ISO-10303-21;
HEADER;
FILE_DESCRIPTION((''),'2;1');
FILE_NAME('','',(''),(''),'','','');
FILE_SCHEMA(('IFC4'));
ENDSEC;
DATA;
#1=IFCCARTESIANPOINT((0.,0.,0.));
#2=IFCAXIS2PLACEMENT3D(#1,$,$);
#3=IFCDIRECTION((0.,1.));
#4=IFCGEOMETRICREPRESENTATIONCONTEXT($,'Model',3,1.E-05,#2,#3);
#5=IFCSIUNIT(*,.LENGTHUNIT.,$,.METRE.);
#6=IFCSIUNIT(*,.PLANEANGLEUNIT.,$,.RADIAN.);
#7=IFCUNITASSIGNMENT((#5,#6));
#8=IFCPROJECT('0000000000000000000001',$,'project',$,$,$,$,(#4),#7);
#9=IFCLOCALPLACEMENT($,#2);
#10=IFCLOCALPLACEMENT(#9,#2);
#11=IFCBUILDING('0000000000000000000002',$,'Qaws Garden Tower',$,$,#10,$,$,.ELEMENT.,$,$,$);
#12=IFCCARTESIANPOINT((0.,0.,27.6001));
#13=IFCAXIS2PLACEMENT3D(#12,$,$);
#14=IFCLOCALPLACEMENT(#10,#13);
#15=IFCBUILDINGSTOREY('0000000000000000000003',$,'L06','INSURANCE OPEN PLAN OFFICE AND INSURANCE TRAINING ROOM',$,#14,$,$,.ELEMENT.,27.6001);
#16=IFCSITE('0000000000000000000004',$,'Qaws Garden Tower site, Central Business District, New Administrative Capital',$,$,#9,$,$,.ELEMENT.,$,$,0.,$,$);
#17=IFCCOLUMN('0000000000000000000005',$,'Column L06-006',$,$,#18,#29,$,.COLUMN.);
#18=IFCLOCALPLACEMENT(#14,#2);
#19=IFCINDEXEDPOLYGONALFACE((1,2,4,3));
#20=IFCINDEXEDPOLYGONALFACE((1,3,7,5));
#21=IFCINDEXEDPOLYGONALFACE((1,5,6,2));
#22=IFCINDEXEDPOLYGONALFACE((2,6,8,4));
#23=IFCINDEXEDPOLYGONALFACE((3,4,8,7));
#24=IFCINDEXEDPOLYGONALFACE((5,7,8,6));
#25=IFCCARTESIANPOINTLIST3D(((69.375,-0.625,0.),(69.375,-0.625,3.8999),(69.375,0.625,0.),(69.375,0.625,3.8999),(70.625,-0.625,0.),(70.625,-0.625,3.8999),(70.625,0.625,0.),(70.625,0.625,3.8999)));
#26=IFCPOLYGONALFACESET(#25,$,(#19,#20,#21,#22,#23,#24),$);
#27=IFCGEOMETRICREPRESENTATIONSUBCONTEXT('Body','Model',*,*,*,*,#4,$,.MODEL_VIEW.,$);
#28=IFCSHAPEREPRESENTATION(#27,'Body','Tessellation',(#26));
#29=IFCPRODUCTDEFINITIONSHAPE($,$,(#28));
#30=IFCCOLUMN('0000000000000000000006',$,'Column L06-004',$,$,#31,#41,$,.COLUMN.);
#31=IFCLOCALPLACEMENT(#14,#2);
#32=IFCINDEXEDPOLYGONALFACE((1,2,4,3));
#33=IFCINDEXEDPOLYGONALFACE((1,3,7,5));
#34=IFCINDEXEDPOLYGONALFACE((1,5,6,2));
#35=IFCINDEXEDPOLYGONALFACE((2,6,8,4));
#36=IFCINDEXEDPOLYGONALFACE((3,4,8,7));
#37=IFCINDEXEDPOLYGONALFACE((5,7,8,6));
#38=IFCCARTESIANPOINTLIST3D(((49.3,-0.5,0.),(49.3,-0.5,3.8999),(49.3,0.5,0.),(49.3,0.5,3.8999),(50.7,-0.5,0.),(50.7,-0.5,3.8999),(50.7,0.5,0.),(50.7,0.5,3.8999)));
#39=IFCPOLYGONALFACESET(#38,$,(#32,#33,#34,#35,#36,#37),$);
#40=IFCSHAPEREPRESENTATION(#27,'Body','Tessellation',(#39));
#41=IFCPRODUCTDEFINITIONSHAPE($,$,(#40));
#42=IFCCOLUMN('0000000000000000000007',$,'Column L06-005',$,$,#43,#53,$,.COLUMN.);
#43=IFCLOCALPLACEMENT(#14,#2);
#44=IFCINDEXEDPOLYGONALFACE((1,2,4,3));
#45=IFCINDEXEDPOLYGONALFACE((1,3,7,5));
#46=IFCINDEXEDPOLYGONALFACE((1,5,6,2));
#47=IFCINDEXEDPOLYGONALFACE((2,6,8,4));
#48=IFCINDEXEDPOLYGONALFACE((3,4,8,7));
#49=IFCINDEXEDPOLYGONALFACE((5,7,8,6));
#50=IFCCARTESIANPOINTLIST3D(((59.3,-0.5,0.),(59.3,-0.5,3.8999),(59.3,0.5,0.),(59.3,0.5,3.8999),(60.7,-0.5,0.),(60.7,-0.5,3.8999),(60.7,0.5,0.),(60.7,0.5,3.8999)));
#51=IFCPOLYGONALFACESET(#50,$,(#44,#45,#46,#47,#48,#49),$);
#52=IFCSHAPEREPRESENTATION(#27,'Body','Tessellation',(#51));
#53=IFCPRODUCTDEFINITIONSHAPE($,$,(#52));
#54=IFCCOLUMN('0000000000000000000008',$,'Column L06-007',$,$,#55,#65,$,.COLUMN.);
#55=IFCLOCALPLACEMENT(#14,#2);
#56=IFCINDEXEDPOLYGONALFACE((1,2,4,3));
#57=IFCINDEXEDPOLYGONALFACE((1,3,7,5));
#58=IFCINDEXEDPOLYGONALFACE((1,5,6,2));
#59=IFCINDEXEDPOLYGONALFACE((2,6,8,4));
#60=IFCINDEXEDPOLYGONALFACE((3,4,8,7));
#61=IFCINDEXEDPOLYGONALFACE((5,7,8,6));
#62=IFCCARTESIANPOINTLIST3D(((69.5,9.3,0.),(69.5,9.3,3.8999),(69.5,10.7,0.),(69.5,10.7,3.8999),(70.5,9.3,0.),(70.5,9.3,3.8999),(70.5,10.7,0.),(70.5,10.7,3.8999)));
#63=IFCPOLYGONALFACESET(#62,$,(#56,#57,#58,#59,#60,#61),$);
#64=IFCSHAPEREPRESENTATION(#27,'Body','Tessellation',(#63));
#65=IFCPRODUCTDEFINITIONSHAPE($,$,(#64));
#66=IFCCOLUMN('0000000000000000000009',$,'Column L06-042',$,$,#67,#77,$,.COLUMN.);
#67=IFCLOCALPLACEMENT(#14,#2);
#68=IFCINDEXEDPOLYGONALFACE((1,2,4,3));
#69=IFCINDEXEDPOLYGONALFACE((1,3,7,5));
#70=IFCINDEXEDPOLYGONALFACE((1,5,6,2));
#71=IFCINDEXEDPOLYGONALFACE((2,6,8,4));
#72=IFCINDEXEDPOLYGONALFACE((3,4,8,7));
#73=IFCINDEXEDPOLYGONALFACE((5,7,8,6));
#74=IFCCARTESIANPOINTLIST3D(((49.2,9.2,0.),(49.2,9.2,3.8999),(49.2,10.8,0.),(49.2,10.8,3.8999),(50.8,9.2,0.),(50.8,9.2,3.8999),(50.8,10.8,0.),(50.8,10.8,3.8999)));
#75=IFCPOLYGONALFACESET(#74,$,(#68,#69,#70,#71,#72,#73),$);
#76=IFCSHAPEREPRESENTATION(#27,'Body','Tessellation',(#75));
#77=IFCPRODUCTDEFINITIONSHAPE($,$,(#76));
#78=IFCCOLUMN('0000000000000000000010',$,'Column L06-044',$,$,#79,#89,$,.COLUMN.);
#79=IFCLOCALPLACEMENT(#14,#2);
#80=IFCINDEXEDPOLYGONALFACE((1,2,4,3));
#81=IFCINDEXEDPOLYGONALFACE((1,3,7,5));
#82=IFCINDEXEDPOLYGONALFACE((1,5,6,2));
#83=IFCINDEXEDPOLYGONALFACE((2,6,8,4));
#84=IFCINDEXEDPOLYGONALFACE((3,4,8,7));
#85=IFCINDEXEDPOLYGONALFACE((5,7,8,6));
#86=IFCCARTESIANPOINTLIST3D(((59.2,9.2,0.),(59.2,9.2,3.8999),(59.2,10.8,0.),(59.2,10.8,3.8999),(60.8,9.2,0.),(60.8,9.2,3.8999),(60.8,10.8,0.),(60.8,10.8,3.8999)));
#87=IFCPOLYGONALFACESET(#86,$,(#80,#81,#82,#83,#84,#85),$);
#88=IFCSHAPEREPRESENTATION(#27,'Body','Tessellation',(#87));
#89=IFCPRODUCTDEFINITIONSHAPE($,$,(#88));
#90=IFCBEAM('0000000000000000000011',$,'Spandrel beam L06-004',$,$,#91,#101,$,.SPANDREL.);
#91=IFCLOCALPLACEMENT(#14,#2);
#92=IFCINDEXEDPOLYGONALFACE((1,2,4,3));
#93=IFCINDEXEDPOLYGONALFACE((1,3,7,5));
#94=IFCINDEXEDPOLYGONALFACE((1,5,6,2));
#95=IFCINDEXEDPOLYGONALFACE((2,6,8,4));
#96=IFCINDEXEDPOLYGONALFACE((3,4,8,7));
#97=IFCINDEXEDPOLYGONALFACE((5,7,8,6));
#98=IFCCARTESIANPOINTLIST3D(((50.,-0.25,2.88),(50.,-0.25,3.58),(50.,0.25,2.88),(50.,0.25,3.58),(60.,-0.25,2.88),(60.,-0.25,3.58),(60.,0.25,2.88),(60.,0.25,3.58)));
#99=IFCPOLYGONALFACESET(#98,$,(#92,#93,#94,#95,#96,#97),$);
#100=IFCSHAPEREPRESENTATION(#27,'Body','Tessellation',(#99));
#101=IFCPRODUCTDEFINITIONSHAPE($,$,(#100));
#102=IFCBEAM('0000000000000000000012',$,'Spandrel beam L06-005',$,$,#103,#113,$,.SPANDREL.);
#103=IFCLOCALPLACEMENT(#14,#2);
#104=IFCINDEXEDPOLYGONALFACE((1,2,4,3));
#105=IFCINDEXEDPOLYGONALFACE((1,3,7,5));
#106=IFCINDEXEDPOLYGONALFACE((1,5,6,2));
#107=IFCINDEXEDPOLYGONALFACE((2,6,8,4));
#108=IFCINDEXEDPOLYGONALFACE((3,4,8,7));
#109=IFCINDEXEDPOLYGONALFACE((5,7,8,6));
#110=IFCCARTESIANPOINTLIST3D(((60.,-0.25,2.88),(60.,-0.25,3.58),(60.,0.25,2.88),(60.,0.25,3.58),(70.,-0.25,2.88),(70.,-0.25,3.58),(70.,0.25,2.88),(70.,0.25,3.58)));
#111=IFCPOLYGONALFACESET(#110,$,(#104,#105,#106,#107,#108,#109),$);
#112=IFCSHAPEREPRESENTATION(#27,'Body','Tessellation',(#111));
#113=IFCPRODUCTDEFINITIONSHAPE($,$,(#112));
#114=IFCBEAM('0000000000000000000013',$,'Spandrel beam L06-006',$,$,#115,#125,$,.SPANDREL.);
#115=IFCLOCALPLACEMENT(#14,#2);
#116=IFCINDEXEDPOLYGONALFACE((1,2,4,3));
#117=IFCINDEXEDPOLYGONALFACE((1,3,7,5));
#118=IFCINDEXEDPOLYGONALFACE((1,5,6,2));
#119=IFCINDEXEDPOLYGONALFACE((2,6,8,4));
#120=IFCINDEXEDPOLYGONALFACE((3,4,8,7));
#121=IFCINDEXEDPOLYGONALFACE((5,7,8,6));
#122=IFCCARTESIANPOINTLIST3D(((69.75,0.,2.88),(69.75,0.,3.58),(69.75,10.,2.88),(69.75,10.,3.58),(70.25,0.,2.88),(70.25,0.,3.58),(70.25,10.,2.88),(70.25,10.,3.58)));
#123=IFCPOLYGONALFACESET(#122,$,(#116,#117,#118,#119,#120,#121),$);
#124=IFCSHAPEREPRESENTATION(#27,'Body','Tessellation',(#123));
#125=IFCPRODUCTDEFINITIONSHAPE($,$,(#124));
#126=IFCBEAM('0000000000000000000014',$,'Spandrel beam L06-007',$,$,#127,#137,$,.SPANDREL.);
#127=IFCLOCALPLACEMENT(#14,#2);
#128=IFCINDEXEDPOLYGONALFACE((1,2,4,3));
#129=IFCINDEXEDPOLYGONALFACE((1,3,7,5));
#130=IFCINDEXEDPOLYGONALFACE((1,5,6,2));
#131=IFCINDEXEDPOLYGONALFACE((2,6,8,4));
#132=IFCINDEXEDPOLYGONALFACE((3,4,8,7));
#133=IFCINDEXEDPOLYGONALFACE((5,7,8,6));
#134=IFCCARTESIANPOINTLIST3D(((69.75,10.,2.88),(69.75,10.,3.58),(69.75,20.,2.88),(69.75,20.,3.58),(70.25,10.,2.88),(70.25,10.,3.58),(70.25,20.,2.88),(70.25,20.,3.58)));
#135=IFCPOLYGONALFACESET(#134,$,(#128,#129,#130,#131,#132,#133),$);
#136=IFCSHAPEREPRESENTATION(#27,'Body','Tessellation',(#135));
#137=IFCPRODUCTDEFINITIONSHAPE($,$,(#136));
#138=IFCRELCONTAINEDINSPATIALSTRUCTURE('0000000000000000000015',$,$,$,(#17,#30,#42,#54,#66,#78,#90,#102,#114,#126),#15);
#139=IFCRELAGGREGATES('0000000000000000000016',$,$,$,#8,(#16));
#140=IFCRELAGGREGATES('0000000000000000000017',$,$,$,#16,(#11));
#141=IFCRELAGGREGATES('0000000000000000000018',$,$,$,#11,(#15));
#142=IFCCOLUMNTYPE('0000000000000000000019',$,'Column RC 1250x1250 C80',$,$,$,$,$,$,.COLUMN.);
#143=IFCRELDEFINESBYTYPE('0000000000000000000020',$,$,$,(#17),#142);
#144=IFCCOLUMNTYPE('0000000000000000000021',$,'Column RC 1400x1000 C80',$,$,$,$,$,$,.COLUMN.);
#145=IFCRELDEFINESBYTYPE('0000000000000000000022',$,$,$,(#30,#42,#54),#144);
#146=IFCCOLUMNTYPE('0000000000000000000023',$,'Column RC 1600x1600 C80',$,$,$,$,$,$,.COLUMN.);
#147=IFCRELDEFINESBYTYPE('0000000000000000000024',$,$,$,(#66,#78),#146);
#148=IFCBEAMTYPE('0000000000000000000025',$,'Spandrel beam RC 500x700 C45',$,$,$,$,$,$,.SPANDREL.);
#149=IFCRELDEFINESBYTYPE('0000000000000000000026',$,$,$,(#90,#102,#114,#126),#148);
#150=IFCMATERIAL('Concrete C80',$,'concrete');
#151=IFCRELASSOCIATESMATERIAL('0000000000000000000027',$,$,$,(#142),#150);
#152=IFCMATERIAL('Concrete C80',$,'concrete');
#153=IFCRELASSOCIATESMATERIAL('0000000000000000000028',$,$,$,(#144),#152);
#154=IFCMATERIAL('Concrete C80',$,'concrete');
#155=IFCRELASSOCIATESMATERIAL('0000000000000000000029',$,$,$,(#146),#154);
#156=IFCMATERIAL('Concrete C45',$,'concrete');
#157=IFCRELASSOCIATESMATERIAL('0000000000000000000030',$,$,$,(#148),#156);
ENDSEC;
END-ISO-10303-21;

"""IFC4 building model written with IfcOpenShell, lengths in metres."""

from ifc_helpers import new_model, si_unit, direction, frame, origin, origin_2d, place, context, subcontext, project, spatial, rectangle, extrude, material, material_profile, profile_set, type_object, element, save


model = new_model("IFC4")

# Units and contexts
model_context = context("Model", 3, precision=1e-05, world=origin(), true_north=direction((0.0, 1.0)))
body_context = subcontext(model_context, "Body", "Model", "MODEL_VIEW")
ifc_project = project(units=[si_unit("LENGTHUNIT", "METRE"), si_unit("PLANEANGLEUNIT", "RADIAN")], contexts=[model_context])

# Site, building, storey
site_placement = place(None, origin())
site = spatial("IfcSite", under=ifc_project, at=site_placement, Name="Qaws Garden Tower site, Central Business District, New Administrative Capital", CompositionType="ELEMENT", RefElevation=0.0)
building_placement = place(site_placement, origin())
building = spatial("IfcBuilding", under=site, at=building_placement, Name="Qaws Garden Tower", CompositionType="ELEMENT")
storey_placement = place(building_placement, frame((0.0, 0.0, 27.6001)))
storey = spatial("IfcBuildingStorey", under=building, at=storey_placement, Name="L06", Description="INSURANCE OPEN PLAN OFFICE AND INSURANCE TRAINING ROOM", CompositionType="ELEMENT", Elevation=27.6001)

# Columns
ifc_material_1 = material(Name="Concrete C80", Category="concrete")
ifc_material_profile_1 = material_profile(ifc_material_1, rectangle(XDim=1.25, YDim=1.25, at=origin_2d()), Name="RC 1250x1250")
ifc_profile_set_1 = profile_set([ifc_material_profile_1], Name="Concrete C80")
column_type_1 = type_object("IfcColumnType", Name="Column RC 1250x1250 C80", PredefinedType="COLUMN", material=ifc_profile_set_1)
column_placement = place(storey_placement, frame((70.0, 0.0, 0.0), z_axis=(0.0, 0.0, 1.0), x_axis=(1.0, 0.0, 0.0)))
element("IfcColumn", 1, at=column_placement, inside=storey, type_object=column_type_1, Name="Column L06-006", PredefinedType="COLUMN", context=body_context, shape_type="SweptSolid", body=[
    extrude(rectangle(XDim=1.25, YDim=1.25, at=origin_2d()), origin(), (0.0, 0.0, 1.0), 3.8999),
])
ifc_material_2 = material(Name="Concrete C80", Category="concrete")
ifc_material_profile_2 = material_profile(ifc_material_2, rectangle(XDim=1.3999, YDim=1.0, at=origin_2d()), Name="RC 1400x1000")
ifc_profile_set_2 = profile_set([ifc_material_profile_2], Name="Concrete C80")
column_type_2 = type_object("IfcColumnType", Name="Column RC 1400x1000 C80", PredefinedType="COLUMN", material=ifc_profile_set_2)
for number, where, z_axis, x_axis, name in (
    (2, (50.0, 0.0, 0.0), (0.0, 0.0, 1.0), (1.0, 0.0, 0.0), "Column L06-004"),
    (3, (60.0, 0.0, 0.0), (0.0, 0.0, 1.0), (1.0, 0.0, 0.0), "Column L06-005"),
    (4, (70.0, 10.0, 0.0), (0.0, 0.0, 1.0), (0.0, 1.0, 0.0), "Column L06-007"),
):
    element("IfcColumn", number, at=place(storey_placement, frame(where, z_axis=z_axis, x_axis=x_axis)), inside=storey, type_object=column_type_2, Name=name, PredefinedType="COLUMN", context=body_context, shape_type="SweptSolid", body=[
        extrude(rectangle(XDim=1.3999, YDim=1.0, at=origin_2d()), origin(), (0.0, 0.0, 1.0), 3.8999),
    ])
ifc_material_3 = material(Name="Concrete C80", Category="concrete")
ifc_material_profile_3 = material_profile(ifc_material_3, rectangle(XDim=1.6001, YDim=1.6001, at=origin_2d()), Name="RC 1600x1600")
ifc_profile_set_3 = profile_set([ifc_material_profile_3], Name="Concrete C80")
column_type_3 = type_object("IfcColumnType", Name="Column RC 1600x1600 C80", PredefinedType="COLUMN", material=ifc_profile_set_3)
for number, where, z_axis, x_axis, name in (
    (5, (50.0, 10.0, 0.0), (0.0, 0.0, 1.0), (1.0, 0.0, 0.0), "Column L06-042"),
    (6, (60.0, 10.0, 0.0), (0.0, 0.0, 1.0), (1.0, 0.0, 0.0), "Column L06-044"),
):
    element("IfcColumn", number, at=place(storey_placement, frame(where, z_axis=z_axis, x_axis=x_axis)), inside=storey, type_object=column_type_3, Name=name, PredefinedType="COLUMN", context=body_context, shape_type="SweptSolid", body=[
        extrude(rectangle(XDim=1.6001, YDim=1.6001, at=origin_2d()), origin(), (0.0, 0.0, 1.0), 3.8999),
    ])

# Beams
ifc_material_4 = material(Name="Concrete C45", Category="concrete")
ifc_material_profile_4 = material_profile(ifc_material_4, rectangle(XDim=0.5, YDim=0.7, at=origin_2d()), Name="RC 500x700")
ifc_profile_set_4 = profile_set([ifc_material_profile_4], Name="Concrete C45")
beam_type = type_object("IfcBeamType", Name="Spandrel beam RC 500x700 C45", PredefinedType="SPANDREL", material=ifc_profile_set_4)
for number, where, z_axis, x_axis, name in (
    (7, (50.0, 0.0, 3.23), (1.0, 0.0, 0.0), (0.0, 1.0, 0.0), "Spandrel beam L06-004"),
    (8, (60.0, 0.0, 3.23), (1.0, 0.0, 0.0), (0.0, 1.0, 0.0), "Spandrel beam L06-005"),
    (9, (70.0, 0.0, 3.23), (0.0, 1.0, 0.0), (-1.0, 0.0, 0.0), "Spandrel beam L06-006"),
    (10, (70.0, 10.0, 3.23), (0.0, 1.0, 0.0), (-1.0, 0.0, 0.0), "Spandrel beam L06-007"),
):
    element("IfcBeam", number, at=place(storey_placement, frame(where, z_axis=z_axis, x_axis=x_axis)), inside=storey, type_object=beam_type, Name=name, PredefinedType="SPANDREL", context=body_context, shape_type="SweptSolid", body=[
        extrude(rectangle(XDim=0.5, YDim=0.7, at=origin_2d()), origin(), (0.0, 0.0, 1.0), 10.0),
    ])

save(model, "model.ifc")
